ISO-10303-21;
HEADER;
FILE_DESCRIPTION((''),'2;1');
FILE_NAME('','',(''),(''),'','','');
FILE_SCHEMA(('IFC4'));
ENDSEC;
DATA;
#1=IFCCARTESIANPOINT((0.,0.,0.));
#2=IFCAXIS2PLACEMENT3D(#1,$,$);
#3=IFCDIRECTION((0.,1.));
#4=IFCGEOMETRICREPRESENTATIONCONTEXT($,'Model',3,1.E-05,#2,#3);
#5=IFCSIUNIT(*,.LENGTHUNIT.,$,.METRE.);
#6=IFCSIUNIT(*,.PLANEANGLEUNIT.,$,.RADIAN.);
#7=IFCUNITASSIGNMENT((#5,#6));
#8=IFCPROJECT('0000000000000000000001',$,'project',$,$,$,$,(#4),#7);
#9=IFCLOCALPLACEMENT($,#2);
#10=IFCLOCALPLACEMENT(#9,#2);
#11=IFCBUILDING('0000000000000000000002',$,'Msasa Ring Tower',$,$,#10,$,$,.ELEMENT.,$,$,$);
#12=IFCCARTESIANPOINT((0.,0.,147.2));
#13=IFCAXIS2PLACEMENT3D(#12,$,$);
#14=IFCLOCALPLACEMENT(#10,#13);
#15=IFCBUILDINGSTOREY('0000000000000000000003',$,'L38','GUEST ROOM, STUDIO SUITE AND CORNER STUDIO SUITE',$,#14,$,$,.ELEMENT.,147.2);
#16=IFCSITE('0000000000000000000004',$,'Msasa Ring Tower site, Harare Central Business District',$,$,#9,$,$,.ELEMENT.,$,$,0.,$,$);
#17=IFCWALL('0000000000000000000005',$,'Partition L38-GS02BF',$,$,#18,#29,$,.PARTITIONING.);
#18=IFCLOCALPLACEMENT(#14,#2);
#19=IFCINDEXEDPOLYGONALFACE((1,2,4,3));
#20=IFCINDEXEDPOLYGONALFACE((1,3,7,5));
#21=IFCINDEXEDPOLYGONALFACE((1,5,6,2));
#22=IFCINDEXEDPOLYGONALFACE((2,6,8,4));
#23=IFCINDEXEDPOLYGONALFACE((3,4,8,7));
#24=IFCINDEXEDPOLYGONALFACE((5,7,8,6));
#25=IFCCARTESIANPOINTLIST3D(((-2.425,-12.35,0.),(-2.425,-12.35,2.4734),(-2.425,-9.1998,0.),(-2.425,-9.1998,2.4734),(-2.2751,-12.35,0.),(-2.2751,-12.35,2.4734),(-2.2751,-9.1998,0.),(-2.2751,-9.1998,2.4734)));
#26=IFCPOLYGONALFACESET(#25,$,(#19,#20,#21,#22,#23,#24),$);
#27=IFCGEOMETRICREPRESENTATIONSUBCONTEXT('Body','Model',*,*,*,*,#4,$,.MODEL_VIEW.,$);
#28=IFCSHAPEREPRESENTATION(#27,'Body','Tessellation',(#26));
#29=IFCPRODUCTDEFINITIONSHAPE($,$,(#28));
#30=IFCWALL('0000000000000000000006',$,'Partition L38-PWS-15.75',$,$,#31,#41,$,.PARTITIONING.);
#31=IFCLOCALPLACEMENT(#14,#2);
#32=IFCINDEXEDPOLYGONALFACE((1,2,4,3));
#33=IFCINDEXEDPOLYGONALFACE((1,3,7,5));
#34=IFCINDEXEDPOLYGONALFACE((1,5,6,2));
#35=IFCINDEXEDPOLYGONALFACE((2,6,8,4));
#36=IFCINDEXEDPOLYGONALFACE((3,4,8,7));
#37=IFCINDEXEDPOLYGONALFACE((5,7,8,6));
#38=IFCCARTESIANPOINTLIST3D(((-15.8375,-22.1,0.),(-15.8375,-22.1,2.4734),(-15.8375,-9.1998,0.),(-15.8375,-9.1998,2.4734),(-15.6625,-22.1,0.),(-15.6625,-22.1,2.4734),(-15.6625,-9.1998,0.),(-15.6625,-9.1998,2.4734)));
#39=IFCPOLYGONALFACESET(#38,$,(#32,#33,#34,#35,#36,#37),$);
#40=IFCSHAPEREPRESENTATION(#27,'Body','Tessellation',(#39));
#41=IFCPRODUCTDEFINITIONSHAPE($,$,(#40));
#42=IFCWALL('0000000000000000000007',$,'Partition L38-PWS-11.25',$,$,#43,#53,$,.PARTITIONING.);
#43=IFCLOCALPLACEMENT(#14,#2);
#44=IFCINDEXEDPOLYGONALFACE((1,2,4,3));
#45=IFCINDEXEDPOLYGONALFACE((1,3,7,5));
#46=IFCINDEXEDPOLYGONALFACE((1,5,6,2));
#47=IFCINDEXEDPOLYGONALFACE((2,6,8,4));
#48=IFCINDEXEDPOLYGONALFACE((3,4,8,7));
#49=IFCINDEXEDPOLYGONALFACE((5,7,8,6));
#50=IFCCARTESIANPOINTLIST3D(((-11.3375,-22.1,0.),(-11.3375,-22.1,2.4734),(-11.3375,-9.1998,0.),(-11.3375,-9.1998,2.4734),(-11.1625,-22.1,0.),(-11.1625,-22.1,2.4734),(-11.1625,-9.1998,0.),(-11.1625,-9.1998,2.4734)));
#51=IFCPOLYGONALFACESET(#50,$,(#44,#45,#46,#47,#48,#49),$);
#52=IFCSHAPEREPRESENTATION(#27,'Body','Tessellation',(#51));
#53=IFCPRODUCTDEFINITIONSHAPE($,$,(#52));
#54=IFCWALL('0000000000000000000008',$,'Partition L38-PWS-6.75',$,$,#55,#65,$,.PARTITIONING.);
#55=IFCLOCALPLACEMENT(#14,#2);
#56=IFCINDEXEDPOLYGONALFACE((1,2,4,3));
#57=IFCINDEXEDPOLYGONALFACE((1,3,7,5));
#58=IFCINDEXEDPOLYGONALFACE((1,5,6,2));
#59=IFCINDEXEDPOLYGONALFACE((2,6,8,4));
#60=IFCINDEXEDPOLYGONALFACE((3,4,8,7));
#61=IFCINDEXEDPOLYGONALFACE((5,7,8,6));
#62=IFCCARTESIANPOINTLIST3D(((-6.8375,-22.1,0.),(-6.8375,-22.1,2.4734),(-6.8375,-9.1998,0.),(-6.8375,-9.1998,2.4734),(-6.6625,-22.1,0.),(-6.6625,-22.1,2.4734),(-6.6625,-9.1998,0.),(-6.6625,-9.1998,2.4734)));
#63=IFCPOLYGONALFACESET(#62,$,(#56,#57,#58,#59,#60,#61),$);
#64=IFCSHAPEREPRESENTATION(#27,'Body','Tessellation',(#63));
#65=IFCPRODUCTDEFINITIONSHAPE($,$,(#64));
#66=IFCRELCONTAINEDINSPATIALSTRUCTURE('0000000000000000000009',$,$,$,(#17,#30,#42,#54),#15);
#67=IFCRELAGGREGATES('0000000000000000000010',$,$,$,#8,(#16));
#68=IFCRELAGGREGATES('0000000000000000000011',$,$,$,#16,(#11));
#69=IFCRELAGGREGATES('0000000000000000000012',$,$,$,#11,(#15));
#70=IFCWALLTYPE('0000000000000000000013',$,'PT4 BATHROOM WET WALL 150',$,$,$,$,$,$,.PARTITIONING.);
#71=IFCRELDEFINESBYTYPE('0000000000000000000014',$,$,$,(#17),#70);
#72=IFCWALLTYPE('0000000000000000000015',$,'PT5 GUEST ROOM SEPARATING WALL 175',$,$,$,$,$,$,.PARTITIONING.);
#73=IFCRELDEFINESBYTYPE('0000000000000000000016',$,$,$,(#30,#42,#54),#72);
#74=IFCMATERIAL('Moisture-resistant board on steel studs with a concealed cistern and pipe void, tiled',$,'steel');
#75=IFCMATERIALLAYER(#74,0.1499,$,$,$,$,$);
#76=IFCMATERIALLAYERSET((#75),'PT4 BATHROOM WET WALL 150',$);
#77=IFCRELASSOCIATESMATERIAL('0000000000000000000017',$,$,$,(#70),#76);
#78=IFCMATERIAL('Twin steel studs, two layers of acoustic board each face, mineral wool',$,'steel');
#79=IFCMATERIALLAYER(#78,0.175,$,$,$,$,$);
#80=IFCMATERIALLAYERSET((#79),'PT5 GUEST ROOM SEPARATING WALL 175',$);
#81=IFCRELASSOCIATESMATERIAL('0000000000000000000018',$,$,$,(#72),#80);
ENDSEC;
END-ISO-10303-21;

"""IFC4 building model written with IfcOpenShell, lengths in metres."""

from ifc_helpers import new_model, si_unit, direction, frame, frame_2d, origin, place, context, subcontext, project, spatial, rectangle, extrude, material, layer, layer_set, type_object, element, save


model = new_model("IFC4")

# Units and contexts
model_context = context("Model", 3, precision=1e-05, world=origin(), true_north=direction((0.0, 1.0)))
body_context = subcontext(model_context, "Body", "Model", "MODEL_VIEW")
ifc_project = project(units=[si_unit("LENGTHUNIT", "METRE"), si_unit("PLANEANGLEUNIT", "RADIAN")], contexts=[model_context])

# Site, building, storey
site_placement = place(None, origin())
site = spatial("IfcSite", under=ifc_project, at=site_placement, Name="Msasa Ring Tower site, Harare Central Business District", CompositionType="ELEMENT", RefElevation=0.0)
building_placement = place(site_placement, origin())
building = spatial("IfcBuilding", under=site, at=building_placement, Name="Msasa Ring Tower", CompositionType="ELEMENT")
storey_placement = place(building_placement, frame((0.0, 0.0, 147.2)))
storey = spatial("IfcBuildingStorey", under=building, at=storey_placement, Name="L38", Description="GUEST ROOM, STUDIO SUITE AND CORNER STUDIO SUITE", CompositionType="ELEMENT", Elevation=147.2)

# Shared definitions
ifc_material_1 = material(Name="Moisture-resistant board on steel studs with a concealed cistern and pipe void, tiled", Category="steel")
ifc_layer_1 = layer(ifc_material_1, 0.1499)
ifc_layer_set_1 = layer_set([ifc_layer_1], Name="PT4 BATHROOM WET WALL 150")
wall_type_1 = type_object("IfcWallType", Name="PT4 BATHROOM WET WALL 150", PredefinedType="PARTITIONING", material=ifc_layer_set_1)

# Walls
wall_1_placement = place(storey_placement, frame((-2.3501, -12.3501, 0.0), z_axis=(0.0, 0.0, 1.0), x_axis=(0.0, 1.0, 0.0)))
element("IfcWall", 1, at=wall_1_placement, inside=storey, type_object=wall_type_1, Name="Partition L38-GS02BF", PredefinedType="PARTITIONING", context=body_context, shape_type="SweptSolid", body=[
    extrude(rectangle(XDim=3.1501, YDim=0.1499, at=frame_2d((1.5752, 0.0))), origin(), (0.0, 0.0, 1.0), 2.4734),
])
ifc_material_2 = material(Name="Twin steel studs, two layers of acoustic board each face, mineral wool", Category="steel")
ifc_layer_2 = layer(ifc_material_2, 0.175)
ifc_layer_set_2 = layer_set([ifc_layer_2], Name="PT5 GUEST ROOM SEPARATING WALL 175")
wall_type_2 = type_object("IfcWallType", Name="PT5 GUEST ROOM SEPARATING WALL 175", PredefinedType="PARTITIONING", material=ifc_layer_set_2)
for number, where, z_axis, x_axis, name in (
    (2, (-15.75, -22.1001, 0.0), (0.0, 0.0, 1.0), (0.0, 1.0, 0.0), "Partition L38-PWS-15.75"),
    (3, (-11.25, -22.1001, 0.0), (0.0, 0.0, 1.0), (0.0, 1.0, 0.0), "Partition L38-PWS-11.25"),
    (4, (-6.75, -22.1001, 0.0), (0.0, 0.0, 1.0), (0.0, 1.0, 0.0), "Partition L38-PWS-6.75"),
):
    element("IfcWall", number, at=place(storey_placement, frame(where, z_axis=z_axis, x_axis=x_axis)), inside=storey, type_object=wall_type_2, Name=name, PredefinedType="PARTITIONING", context=body_context, shape_type="SweptSolid", body=[
        extrude(rectangle(XDim=12.9001, YDim=0.175, at=frame_2d((6.4502, 0.0))), origin(), (0.0, 0.0, 1.0), 2.4734),
    ])

save(model, "model.ifc")
